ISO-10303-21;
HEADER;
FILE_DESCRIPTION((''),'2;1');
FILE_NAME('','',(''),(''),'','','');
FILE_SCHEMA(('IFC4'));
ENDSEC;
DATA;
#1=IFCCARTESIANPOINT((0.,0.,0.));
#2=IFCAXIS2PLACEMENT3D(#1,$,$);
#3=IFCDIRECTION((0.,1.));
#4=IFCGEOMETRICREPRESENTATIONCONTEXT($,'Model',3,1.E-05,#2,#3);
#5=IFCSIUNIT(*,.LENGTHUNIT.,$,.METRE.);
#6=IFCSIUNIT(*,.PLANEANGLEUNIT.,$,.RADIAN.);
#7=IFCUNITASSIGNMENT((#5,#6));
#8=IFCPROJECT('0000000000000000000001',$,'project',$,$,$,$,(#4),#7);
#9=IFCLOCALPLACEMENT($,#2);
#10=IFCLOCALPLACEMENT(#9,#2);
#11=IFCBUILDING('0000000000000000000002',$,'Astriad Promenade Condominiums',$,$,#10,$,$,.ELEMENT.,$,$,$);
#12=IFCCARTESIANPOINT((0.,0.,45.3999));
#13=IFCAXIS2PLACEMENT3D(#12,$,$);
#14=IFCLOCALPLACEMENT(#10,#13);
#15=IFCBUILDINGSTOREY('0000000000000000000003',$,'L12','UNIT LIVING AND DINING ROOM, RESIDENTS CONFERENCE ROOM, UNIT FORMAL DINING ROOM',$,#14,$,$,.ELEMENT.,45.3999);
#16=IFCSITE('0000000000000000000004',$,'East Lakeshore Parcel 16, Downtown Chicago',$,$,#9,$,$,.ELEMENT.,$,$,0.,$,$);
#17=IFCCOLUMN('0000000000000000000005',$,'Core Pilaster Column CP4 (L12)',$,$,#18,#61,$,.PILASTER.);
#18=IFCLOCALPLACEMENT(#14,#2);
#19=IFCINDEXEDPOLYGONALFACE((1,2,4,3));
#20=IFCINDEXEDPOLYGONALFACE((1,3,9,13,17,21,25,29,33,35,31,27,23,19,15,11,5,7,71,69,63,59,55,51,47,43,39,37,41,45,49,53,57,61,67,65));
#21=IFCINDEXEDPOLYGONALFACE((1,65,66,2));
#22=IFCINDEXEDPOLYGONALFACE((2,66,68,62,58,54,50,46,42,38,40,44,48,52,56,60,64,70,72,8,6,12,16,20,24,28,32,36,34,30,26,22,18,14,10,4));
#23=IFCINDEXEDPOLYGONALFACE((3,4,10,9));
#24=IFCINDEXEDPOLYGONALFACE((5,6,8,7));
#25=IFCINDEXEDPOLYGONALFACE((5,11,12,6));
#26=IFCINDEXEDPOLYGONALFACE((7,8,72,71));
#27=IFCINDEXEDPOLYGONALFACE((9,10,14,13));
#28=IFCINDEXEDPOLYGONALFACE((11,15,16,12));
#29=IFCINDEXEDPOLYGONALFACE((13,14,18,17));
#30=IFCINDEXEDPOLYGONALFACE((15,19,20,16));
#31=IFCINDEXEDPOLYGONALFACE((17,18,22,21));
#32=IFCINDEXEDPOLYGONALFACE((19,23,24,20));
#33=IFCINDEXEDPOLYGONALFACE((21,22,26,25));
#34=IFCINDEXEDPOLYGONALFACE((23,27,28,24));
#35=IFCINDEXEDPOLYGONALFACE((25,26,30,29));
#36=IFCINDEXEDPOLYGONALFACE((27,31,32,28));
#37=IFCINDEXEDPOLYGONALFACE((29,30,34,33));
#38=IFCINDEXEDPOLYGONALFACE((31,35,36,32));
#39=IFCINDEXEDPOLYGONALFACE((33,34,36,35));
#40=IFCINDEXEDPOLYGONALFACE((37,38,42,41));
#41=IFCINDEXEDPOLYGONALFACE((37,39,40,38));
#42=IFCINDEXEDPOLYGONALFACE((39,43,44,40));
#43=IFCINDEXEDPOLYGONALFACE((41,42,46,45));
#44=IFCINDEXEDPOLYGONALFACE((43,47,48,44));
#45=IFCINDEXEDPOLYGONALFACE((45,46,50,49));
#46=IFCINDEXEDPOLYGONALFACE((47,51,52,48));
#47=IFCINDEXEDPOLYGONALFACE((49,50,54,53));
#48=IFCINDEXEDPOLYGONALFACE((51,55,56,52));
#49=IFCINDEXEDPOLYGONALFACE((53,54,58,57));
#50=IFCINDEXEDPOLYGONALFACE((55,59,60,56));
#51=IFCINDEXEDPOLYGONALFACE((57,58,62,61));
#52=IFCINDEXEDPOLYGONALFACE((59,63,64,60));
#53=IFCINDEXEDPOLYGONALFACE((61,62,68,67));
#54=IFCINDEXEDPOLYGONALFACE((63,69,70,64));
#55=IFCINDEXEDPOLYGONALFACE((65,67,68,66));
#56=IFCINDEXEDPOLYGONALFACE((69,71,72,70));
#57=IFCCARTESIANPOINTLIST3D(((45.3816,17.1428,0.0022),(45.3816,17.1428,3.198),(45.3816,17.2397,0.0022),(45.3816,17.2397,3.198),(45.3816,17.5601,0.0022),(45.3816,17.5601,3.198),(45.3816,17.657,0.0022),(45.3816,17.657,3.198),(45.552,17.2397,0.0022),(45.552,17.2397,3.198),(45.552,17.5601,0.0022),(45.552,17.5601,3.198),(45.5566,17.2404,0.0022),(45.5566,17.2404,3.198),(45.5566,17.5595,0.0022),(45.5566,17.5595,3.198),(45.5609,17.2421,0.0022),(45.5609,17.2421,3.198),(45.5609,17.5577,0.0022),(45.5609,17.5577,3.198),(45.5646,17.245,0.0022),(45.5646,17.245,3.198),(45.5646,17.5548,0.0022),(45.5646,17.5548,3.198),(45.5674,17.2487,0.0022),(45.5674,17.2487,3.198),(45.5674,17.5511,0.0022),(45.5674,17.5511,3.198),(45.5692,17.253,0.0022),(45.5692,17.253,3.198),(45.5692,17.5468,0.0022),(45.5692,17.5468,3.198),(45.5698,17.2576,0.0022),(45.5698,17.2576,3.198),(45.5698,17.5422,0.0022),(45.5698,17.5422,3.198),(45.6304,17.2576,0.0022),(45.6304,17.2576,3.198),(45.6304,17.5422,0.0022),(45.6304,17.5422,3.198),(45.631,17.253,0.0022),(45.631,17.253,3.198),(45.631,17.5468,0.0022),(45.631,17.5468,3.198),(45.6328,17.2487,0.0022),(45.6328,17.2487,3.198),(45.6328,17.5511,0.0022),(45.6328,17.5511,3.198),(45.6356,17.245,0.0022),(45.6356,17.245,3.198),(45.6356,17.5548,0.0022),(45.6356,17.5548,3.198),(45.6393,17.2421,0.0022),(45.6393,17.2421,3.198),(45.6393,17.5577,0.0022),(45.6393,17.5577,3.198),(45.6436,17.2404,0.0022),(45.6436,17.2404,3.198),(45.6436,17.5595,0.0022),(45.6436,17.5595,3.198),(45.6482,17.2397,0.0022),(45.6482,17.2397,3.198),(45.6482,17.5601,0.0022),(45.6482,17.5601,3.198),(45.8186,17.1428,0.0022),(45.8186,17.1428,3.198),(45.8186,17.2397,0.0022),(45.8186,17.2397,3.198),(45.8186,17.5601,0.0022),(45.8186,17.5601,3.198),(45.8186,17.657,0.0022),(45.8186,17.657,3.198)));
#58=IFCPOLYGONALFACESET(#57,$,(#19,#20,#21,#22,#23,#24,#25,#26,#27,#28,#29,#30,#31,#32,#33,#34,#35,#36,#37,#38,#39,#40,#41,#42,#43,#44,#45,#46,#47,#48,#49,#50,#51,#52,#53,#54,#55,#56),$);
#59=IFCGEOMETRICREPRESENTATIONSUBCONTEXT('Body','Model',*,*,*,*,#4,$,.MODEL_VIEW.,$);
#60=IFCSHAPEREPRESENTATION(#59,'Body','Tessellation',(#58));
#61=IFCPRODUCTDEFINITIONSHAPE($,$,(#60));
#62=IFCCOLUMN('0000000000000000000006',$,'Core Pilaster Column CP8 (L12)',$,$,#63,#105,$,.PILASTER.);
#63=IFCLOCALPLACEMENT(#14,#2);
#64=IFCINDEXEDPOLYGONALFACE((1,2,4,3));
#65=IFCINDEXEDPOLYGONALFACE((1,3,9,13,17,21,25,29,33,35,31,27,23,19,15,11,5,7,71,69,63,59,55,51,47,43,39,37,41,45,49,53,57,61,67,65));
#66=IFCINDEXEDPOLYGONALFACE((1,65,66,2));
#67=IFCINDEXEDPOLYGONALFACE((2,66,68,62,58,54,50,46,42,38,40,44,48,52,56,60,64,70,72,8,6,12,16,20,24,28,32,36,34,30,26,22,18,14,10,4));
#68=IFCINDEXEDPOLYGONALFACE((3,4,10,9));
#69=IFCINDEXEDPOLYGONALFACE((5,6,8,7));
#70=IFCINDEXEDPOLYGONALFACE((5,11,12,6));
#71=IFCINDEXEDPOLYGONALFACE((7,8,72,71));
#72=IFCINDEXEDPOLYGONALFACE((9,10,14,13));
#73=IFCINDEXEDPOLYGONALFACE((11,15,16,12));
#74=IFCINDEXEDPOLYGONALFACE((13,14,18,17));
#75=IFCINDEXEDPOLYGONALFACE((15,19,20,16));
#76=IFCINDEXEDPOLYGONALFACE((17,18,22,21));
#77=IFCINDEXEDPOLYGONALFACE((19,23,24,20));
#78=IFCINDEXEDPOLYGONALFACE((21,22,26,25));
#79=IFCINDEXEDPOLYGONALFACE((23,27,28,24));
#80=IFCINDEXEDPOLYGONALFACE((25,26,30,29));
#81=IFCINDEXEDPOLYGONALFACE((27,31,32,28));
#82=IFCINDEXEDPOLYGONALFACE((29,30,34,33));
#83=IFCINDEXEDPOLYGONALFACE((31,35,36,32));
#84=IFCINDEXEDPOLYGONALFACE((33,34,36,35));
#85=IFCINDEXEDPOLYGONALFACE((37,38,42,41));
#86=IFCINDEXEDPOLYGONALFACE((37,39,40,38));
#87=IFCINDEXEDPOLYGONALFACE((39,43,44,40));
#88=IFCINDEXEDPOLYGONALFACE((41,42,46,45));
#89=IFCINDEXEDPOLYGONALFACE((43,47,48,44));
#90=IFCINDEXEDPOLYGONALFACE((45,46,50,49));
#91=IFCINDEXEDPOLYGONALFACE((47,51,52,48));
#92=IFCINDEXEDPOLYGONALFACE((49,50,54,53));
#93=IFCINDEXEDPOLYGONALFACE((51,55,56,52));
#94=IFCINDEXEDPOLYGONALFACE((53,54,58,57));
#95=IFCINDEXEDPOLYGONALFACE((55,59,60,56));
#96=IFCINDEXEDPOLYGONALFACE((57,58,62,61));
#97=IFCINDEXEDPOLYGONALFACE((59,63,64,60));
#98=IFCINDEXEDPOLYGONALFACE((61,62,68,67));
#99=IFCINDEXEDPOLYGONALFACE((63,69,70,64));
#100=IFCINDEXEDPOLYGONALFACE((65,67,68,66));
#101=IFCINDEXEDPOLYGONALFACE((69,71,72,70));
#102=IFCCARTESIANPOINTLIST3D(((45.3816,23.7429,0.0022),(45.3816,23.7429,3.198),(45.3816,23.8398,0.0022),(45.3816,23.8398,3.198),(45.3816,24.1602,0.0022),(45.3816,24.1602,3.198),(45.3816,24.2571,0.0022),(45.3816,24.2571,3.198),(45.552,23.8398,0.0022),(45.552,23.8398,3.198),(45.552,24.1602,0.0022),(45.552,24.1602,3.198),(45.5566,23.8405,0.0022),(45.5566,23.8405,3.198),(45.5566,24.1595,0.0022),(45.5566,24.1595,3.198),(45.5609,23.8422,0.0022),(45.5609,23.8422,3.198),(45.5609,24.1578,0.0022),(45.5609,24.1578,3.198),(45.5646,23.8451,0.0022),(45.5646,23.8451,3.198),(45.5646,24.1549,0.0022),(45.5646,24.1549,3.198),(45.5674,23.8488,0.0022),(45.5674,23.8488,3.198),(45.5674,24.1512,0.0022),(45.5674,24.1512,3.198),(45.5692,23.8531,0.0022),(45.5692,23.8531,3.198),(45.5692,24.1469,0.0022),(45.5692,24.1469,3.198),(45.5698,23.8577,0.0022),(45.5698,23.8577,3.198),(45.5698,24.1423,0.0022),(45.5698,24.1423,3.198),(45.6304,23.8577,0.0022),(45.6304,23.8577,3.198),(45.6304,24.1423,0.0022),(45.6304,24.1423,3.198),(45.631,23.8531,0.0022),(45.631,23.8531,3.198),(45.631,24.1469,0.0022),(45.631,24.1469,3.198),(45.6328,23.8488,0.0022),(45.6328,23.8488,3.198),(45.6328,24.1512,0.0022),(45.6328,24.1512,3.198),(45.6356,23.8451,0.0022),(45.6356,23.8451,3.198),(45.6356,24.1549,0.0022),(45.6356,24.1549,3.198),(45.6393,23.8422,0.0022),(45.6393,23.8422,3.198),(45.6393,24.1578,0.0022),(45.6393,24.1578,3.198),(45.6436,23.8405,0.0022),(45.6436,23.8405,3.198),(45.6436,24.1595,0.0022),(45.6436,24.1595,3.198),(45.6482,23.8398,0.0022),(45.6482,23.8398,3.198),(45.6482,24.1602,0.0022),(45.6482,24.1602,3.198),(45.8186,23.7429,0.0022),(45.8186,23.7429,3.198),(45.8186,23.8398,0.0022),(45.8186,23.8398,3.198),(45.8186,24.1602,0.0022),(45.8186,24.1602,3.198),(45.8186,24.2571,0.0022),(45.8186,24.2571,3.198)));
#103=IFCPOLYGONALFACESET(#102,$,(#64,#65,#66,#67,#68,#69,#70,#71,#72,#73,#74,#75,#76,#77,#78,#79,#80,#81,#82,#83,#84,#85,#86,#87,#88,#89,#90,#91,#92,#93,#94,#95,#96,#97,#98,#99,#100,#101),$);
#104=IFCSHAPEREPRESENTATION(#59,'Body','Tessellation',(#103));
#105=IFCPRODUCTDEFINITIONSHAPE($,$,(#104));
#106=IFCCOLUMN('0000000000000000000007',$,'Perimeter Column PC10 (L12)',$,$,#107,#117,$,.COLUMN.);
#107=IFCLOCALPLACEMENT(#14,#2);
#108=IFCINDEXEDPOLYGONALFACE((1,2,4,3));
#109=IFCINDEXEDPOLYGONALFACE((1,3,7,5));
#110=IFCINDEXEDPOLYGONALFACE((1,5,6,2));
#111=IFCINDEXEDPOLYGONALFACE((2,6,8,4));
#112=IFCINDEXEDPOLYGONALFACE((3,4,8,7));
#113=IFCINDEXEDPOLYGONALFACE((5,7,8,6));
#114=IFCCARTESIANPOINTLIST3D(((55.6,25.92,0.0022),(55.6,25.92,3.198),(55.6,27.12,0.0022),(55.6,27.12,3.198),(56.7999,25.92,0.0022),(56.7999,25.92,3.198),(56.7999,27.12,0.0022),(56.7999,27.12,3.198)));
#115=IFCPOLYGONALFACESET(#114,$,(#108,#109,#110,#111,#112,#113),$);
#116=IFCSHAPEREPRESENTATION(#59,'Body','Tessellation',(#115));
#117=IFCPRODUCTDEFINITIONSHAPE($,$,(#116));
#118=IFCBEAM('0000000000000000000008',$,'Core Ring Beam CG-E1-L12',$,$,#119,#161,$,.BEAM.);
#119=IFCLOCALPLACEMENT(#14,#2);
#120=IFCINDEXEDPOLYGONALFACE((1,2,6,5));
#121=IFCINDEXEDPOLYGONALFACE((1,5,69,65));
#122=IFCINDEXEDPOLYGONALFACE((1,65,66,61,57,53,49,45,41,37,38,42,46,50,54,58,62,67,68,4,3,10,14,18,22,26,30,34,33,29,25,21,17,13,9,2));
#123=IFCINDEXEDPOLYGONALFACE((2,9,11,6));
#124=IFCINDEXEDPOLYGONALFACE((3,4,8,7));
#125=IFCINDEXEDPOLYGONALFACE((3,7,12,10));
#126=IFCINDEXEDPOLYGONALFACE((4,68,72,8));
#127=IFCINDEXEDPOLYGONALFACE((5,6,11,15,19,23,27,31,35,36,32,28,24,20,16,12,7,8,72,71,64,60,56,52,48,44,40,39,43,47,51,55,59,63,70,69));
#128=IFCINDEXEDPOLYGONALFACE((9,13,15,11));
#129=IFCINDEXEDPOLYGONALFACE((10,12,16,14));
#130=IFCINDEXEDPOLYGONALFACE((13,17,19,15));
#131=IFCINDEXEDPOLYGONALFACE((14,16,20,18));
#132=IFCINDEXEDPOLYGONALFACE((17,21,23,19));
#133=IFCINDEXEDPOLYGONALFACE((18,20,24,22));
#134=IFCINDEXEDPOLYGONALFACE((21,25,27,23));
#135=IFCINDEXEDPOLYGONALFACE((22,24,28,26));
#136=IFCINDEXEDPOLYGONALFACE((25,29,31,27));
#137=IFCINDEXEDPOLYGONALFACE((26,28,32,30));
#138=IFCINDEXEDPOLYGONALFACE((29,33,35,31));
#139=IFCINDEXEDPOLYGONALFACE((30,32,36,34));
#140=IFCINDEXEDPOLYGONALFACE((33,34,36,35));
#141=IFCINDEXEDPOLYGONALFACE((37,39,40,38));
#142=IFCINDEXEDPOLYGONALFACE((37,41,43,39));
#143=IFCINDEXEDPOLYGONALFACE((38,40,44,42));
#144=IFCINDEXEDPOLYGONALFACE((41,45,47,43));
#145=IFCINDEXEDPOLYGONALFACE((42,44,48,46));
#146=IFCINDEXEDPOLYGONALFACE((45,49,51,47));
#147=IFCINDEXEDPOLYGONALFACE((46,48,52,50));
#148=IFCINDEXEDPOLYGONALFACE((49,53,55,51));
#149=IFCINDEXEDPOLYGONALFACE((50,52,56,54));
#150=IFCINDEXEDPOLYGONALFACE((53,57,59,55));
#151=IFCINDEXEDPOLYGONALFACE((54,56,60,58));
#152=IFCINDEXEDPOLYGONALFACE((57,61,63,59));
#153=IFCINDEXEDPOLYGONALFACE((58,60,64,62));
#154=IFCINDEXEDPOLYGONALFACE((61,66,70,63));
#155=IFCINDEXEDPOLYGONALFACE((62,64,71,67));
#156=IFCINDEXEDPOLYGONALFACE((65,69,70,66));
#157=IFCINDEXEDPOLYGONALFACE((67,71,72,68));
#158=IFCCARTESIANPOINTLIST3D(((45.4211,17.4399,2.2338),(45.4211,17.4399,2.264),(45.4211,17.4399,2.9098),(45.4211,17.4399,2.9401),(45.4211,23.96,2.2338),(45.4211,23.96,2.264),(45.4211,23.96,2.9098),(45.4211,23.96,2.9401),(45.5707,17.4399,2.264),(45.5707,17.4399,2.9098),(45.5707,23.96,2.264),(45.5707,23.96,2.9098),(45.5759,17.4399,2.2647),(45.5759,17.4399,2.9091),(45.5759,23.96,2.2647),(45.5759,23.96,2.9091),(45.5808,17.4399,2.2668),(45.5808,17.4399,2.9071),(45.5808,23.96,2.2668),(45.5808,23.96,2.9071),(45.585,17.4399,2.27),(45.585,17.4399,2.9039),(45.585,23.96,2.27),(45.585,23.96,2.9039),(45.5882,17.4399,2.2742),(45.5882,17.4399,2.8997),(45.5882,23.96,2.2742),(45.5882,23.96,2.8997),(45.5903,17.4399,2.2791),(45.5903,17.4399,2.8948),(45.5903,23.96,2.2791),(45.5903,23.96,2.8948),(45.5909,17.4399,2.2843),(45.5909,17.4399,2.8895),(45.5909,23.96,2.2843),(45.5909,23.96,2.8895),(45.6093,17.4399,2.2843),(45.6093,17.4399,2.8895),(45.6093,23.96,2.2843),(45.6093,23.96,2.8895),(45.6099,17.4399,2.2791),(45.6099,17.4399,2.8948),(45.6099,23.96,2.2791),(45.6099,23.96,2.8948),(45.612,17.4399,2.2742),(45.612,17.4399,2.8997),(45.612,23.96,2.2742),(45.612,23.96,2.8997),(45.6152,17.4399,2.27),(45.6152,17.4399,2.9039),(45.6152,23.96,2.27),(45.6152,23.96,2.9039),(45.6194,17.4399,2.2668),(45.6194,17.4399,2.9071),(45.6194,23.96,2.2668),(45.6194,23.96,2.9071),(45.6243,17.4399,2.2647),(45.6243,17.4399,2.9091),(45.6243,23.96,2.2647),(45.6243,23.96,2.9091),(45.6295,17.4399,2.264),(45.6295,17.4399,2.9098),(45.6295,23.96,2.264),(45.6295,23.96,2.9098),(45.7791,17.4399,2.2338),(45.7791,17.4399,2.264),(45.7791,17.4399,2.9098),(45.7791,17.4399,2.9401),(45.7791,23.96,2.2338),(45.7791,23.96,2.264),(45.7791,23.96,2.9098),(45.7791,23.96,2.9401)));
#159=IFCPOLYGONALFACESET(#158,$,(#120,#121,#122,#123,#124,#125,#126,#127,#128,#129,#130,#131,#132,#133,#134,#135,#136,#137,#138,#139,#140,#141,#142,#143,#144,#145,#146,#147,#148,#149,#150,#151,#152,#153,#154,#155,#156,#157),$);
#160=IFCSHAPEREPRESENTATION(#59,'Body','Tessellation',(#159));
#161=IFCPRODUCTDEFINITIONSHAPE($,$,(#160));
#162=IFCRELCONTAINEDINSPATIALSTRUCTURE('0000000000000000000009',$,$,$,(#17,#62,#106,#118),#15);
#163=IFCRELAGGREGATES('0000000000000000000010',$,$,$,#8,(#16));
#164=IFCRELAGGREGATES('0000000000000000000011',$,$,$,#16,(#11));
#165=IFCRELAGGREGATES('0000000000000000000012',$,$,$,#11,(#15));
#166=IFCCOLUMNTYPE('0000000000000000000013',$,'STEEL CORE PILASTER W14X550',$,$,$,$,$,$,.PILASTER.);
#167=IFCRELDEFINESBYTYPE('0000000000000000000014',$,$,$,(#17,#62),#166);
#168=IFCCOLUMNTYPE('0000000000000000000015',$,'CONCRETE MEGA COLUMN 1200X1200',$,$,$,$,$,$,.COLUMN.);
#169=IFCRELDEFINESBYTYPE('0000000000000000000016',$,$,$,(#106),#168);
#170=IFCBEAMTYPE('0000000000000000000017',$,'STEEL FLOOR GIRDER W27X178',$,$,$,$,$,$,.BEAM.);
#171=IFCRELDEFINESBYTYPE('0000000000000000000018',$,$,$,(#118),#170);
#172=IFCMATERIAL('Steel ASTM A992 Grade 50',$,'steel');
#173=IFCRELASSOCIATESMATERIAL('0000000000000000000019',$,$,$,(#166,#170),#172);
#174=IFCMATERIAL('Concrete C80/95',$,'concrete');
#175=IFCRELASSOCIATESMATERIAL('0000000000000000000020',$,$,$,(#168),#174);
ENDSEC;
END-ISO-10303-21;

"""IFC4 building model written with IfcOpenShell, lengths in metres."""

from ifc_helpers import new_model, si_unit, direction, frame, origin, origin_2d, place, context, subcontext, project, spatial, rectangle, i_section, extrude, source, transform, mapped, material, material_profile, profile_set, type_object, type_shapes, element, save


model = new_model("IFC4")

# Units and contexts
model_context = context("Model", 3, precision=1e-05, world=origin(), true_north=direction((0.0, 1.0)))
body_context = subcontext(model_context, "Body", "Model", "MODEL_VIEW")
ifc_project = project(units=[si_unit("LENGTHUNIT", "METRE"), si_unit("PLANEANGLEUNIT", "RADIAN")], contexts=[model_context])

# Site, building, storey
site_placement = place(None, origin())
site = spatial("IfcSite", under=ifc_project, at=site_placement, Name="East Lakeshore Parcel 16, Downtown Chicago", CompositionType="ELEMENT", RefElevation=0.0)
building_placement = place(site_placement, origin())
building = spatial("IfcBuilding", under=site, at=building_placement, Name="Astriad Promenade Condominiums", CompositionType="ELEMENT")
storey_placement = place(building_placement, frame((0.0, 0.0, 45.3999)))
storey = spatial("IfcBuildingStorey", under=building, at=storey_placement, Name="L12", Description="UNIT LIVING AND DINING ROOM, RESIDENTS CONFERENCE ROOM, UNIT FORMAL DINING ROOM", CompositionType="ELEMENT", Elevation=45.3999)

# Columns
ifc_material_1 = material(Name="Steel ASTM A992 Grade 50", Category="steel")
ifc_material_profile_1 = material_profile(ifc_material_1, i_section(OverallWidth=0.437, OverallDepth=0.5142, WebThickness=0.0605, FlangeThickness=0.0969, FilletRadius=0.0178, at=origin_2d()), Name="W14X550")
ifc_profile_set_1 = profile_set([ifc_material_profile_1], Name="Steel ASTM A992 Grade 50")
column_type_1 = type_object("IfcColumnType", Name="STEEL CORE PILASTER W14X550", PredefinedType="PILASTER", material=ifc_profile_set_1)
shared_shape_1 = source(origin(), body_context, "Body", "SweptSolid", [
    extrude(i_section(OverallWidth=0.437, OverallDepth=0.5142, WebThickness=0.0605, FlangeThickness=0.0969, FilletRadius=0.0178, at=origin_2d()), origin(), (0.0, 0.0, 1.0), 3.1958),
])
type_shapes(column_type_1, [shared_shape_1])
for number, where, z_axis, x_axis, name in (
    (1, (45.6001, 17.3999, 0.0022), (0.0, 0.0, 1.0), (1.0, 0.0, 0.0), "Core Pilaster Column CP4 (L12)"),
    (2, (45.6001, 24.0, 0.0022), (0.0, 0.0, 1.0), (1.0, 0.0, 0.0), "Core Pilaster Column CP8 (L12)"),
):
    element("IfcColumn", number, at=place(storey_placement, frame(where, z_axis=z_axis, x_axis=x_axis)), inside=storey, type_object=column_type_1, Name=name, PredefinedType="PILASTER", context=body_context, shape_type="MappedRepresentation", body=[
        mapped(shared_shape_1, transform((0.0, 0.0, 0.0), scale=1.0)),
    ])
ifc_material_2 = material(Name="Concrete C80/95", Category="concrete")
ifc_material_profile_2 = material_profile(ifc_material_2, rectangle(XDim=1.2, YDim=1.2, at=origin_2d()), Name="RC-COL-1200X1200")
ifc_profile_set_2 = profile_set([ifc_material_profile_2], Name="Concrete C80/95")
column_type_2 = type_object("IfcColumnType", Name="CONCRETE MEGA COLUMN 1200X1200", PredefinedType="COLUMN", material=ifc_profile_set_2)
shared_shape_2 = source(origin(), body_context, "Body", "SweptSolid", [
    extrude(rectangle(XDim=1.2, YDim=1.2, at=origin_2d()), origin(), (0.0, 0.0, 1.0), 3.1958),
])
type_shapes(column_type_2, [shared_shape_2])
column_placement = place(storey_placement, frame((56.2, 26.52, 0.0022), z_axis=(0.0, 0.0, 1.0), x_axis=(1.0, 0.0, 0.0)))
element("IfcColumn", 3, at=column_placement, inside=storey, type_object=column_type_2, Name="Perimeter Column PC10 (L12)", PredefinedType="COLUMN", context=body_context, shape_type="MappedRepresentation", body=[
    mapped(shared_shape_2, transform((0.0, 0.0, 0.0), scale=1.0)),
])

# Beam
ifc_material_profile_3 = material_profile(ifc_material_1, i_section(OverallWidth=0.3579, OverallDepth=0.7063, WebThickness=0.0183, FlangeThickness=0.0303, FilletRadius=0.0203, at=origin_2d()), Name="W27X178")
ifc_profile_set_3 = profile_set([ifc_material_profile_3], Name="Steel ASTM A992 Grade 50")
beam_type_1 = type_object("IfcBeamType", Name="STEEL FLOOR GIRDER W27X178", PredefinedType="BEAM", material=ifc_profile_set_3)
shared_shape_3 = source(origin(), body_context, "Body", "SweptSolid", [
    extrude(i_section(OverallWidth=0.3579, OverallDepth=0.7063, WebThickness=0.0183, FlangeThickness=0.0303, FilletRadius=0.0203, at=origin_2d()), origin(), (0.0, 0.0, 1.0), 6.52),
])
type_shapes(beam_type_1, [shared_shape_3])
beam_1_placement = place(storey_placement, frame((45.6001, 17.4399, 2.5869), z_axis=(0.0, 1.0, 0.0), x_axis=(-1.0, 0.0, 0.0)))
element("IfcBeam", 4, at=beam_1_placement, inside=storey, type_object=beam_type_1, Name="Core Ring Beam CG-E1-L12", PredefinedType="BEAM", context=body_context, shape_type="MappedRepresentation", body=[
    mapped(shared_shape_3, transform((0.0, 0.0, 0.0), scale=1.0)),
])

save(model, "model.ifc")
